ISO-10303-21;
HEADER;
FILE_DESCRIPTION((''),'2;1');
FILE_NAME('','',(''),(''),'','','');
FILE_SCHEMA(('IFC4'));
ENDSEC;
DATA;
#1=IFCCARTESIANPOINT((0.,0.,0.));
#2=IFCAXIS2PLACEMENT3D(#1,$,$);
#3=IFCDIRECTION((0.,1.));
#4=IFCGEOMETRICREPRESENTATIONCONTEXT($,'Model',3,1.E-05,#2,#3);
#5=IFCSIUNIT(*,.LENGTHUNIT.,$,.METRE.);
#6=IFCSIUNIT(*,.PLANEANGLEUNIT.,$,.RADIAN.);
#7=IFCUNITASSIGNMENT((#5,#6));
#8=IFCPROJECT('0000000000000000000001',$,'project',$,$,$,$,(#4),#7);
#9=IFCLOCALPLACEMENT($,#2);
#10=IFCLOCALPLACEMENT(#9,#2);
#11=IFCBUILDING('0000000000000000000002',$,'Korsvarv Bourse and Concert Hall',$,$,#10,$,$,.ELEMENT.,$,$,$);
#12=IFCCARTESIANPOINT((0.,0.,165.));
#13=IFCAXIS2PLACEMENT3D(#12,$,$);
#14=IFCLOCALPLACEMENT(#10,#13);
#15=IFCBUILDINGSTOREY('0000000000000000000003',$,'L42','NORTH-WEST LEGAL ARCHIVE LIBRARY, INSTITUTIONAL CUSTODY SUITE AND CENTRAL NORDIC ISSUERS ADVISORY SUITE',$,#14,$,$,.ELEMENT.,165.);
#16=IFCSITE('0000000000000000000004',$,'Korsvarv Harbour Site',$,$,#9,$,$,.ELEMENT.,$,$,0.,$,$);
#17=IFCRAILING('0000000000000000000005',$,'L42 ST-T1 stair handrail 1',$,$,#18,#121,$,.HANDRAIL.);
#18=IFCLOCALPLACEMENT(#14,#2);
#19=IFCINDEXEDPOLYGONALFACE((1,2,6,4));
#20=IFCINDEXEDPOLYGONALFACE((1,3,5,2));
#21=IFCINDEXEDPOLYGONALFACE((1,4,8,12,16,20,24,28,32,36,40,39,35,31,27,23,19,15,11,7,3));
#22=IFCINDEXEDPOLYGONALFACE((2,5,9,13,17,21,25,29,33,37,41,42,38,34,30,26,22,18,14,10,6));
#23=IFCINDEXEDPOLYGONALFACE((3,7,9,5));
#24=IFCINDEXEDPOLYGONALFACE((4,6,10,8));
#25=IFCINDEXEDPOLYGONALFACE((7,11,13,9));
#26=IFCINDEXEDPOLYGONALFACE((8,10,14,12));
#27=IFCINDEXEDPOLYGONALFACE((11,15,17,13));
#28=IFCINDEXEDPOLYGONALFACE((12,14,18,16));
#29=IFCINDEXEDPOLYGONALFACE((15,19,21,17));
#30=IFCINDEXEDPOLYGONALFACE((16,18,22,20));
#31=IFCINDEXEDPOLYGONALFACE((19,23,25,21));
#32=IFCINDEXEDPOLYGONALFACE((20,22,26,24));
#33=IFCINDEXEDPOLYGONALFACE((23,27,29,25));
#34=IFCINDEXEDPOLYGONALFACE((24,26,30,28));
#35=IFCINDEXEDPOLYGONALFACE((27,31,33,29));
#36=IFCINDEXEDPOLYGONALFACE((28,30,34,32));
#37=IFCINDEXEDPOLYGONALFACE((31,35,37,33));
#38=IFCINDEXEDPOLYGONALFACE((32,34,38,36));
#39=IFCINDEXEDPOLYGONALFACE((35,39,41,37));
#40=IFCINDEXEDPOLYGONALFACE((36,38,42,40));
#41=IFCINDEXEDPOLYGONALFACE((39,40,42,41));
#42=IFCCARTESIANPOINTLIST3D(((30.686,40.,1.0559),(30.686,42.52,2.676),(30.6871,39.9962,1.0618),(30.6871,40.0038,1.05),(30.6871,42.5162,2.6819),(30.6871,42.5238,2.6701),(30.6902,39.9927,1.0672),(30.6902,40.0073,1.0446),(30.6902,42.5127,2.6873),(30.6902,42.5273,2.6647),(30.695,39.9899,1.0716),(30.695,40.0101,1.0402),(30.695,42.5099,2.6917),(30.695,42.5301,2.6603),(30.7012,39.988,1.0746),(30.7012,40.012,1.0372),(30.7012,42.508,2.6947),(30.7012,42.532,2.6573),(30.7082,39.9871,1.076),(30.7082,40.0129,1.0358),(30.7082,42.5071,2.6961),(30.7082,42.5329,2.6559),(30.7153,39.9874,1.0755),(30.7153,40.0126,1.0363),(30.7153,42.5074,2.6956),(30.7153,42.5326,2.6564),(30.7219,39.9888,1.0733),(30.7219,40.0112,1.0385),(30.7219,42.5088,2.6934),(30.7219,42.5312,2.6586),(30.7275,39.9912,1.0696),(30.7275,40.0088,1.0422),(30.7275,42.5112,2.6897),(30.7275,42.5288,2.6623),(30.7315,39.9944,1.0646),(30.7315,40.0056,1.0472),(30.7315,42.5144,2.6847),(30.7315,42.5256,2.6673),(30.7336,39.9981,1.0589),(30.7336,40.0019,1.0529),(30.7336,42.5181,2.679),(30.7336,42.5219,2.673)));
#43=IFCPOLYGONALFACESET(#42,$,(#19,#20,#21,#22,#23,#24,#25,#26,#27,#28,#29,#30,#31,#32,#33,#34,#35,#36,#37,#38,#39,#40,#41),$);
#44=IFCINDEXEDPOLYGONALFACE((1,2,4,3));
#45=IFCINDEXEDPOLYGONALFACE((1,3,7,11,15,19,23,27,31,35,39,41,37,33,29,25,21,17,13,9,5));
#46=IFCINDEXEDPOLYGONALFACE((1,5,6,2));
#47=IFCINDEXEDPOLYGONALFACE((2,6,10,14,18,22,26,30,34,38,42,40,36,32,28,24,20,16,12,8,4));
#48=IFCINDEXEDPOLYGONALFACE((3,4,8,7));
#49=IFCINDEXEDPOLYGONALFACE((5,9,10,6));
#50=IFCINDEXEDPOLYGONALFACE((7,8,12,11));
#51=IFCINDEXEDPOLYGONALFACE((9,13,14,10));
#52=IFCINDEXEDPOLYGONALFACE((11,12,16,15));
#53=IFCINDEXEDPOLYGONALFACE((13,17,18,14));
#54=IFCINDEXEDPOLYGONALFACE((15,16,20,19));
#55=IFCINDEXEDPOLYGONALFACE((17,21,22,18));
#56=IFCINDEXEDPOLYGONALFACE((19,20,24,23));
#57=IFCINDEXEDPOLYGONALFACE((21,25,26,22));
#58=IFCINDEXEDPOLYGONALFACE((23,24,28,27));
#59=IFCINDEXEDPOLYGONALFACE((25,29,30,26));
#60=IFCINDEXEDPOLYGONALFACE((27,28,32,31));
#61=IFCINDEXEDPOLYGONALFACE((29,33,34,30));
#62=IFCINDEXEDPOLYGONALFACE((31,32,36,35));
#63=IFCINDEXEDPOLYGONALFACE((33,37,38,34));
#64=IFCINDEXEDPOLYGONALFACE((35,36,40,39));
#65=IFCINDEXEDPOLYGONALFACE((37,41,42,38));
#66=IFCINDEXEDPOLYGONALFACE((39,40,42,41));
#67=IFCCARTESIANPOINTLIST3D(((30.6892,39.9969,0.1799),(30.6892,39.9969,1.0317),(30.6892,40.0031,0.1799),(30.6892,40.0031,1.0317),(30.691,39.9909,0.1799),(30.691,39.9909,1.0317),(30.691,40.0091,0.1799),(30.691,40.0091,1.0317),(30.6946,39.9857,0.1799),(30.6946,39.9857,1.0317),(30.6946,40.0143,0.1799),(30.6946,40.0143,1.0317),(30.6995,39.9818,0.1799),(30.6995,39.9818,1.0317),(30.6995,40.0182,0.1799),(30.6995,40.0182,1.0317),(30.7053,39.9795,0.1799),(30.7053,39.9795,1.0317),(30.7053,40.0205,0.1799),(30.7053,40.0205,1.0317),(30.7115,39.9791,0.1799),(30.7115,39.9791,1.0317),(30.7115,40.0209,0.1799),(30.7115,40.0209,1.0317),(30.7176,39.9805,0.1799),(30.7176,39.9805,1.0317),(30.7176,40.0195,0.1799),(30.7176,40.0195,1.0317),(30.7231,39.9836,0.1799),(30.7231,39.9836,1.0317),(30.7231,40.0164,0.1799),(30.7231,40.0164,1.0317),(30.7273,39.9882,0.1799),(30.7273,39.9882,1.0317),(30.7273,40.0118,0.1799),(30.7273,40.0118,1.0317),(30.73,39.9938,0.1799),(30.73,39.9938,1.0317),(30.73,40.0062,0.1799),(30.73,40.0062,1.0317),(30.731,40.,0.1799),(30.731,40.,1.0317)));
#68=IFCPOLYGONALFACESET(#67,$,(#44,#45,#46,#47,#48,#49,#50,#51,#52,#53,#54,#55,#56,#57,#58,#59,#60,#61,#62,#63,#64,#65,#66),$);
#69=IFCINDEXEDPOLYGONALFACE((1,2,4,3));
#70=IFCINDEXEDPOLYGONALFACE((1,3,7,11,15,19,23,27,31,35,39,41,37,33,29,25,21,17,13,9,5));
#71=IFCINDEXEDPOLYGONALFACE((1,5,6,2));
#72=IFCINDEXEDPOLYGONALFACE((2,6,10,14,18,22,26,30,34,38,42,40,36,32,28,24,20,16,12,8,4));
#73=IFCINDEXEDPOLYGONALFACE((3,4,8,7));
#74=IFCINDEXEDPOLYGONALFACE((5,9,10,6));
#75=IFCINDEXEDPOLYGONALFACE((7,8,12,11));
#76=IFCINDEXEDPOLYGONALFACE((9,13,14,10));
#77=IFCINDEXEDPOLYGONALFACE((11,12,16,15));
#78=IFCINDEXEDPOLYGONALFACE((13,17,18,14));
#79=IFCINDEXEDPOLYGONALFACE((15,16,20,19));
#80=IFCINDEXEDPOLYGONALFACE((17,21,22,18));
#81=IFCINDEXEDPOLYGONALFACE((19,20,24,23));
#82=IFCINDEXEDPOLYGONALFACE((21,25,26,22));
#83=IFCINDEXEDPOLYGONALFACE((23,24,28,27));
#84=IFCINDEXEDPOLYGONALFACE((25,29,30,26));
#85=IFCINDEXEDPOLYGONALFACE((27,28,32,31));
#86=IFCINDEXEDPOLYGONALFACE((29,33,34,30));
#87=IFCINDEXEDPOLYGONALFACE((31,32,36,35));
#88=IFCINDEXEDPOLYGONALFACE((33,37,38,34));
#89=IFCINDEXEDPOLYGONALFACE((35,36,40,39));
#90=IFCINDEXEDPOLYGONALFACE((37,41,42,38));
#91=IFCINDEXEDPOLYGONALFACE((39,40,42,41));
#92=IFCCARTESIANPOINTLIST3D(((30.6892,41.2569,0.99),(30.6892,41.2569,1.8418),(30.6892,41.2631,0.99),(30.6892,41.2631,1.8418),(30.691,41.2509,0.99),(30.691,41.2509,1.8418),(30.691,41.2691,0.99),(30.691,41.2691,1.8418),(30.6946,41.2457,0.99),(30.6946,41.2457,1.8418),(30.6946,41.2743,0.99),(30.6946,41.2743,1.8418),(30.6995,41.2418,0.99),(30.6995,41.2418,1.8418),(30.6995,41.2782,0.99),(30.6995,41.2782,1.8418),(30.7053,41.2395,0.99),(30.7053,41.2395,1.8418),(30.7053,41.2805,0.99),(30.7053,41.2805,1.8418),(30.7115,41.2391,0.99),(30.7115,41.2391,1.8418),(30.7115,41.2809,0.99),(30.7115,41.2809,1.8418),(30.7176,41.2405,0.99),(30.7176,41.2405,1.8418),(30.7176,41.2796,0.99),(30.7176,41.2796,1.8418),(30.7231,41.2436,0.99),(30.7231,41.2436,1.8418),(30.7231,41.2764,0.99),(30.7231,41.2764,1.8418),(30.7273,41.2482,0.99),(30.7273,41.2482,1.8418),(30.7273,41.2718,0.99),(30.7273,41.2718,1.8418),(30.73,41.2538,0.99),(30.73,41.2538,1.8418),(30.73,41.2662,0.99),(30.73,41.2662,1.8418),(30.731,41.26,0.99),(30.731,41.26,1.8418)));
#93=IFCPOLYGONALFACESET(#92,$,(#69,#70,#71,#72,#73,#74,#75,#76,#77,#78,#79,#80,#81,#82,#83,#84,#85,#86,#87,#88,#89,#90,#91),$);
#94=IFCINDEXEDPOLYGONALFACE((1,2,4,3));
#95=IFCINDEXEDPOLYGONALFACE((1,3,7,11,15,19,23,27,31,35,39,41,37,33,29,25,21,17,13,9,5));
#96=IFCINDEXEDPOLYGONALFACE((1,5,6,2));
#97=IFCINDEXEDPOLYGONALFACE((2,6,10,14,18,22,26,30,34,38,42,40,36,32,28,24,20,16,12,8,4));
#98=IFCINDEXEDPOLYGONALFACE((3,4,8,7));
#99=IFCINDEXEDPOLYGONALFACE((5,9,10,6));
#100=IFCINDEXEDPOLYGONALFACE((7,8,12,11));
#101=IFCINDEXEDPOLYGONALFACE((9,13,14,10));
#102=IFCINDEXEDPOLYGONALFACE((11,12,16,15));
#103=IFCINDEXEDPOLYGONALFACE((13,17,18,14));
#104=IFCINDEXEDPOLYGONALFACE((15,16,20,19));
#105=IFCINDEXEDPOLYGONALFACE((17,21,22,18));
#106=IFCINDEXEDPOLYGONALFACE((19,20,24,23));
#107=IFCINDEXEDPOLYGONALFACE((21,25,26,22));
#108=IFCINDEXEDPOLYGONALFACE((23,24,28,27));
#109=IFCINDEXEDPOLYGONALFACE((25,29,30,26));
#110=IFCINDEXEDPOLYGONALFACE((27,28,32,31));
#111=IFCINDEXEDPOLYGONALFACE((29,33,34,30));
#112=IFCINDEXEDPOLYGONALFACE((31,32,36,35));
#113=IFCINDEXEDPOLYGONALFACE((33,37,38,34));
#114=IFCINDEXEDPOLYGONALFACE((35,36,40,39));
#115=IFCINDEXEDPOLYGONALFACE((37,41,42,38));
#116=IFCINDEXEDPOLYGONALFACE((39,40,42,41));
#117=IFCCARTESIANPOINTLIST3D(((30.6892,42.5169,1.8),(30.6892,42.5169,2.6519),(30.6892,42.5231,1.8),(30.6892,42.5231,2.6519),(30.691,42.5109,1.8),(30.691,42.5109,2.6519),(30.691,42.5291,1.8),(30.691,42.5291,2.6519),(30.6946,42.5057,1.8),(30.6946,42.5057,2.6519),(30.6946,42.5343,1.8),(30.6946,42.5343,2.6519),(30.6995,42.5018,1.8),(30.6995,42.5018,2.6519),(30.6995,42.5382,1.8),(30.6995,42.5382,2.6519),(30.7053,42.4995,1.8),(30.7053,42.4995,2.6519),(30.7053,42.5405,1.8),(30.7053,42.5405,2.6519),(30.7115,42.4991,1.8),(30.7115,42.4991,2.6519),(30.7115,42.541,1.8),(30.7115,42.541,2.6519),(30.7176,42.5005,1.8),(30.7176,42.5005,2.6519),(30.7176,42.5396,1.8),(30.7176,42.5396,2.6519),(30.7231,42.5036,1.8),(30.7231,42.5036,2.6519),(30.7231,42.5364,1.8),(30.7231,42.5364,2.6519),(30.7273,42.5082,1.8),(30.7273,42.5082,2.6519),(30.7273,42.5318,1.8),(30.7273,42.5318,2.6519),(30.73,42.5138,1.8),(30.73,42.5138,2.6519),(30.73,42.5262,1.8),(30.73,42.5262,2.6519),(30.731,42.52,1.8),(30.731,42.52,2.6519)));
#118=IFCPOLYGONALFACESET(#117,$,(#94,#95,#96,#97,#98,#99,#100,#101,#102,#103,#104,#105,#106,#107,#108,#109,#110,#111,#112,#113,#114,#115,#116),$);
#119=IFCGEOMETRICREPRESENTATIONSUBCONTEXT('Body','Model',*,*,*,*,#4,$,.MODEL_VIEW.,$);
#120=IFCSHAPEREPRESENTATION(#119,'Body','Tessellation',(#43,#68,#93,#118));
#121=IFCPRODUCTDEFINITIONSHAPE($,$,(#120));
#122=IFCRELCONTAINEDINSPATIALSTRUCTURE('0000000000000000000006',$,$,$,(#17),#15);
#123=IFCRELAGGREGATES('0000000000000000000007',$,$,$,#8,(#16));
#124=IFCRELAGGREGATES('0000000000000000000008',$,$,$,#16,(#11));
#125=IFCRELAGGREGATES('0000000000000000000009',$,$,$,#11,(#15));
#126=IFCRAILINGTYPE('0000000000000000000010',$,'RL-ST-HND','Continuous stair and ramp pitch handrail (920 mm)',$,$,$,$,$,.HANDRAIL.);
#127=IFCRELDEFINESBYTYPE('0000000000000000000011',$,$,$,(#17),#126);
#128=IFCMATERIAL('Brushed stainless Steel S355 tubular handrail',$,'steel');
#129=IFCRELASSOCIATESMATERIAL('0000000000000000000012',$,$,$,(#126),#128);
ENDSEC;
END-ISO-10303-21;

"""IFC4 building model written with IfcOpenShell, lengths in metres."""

from ifc_helpers import new_model, si_unit, direction, frame, origin, origin_2d, place, context, subcontext, project, spatial, circle, extrude, material, type_object, element, save


model = new_model("IFC4")

# Units and contexts
model_context = context("Model", 3, precision=1e-05, world=origin(), true_north=direction((0.0, 1.0)))
body_context = subcontext(model_context, "Body", "Model", "MODEL_VIEW")
ifc_project = project(units=[si_unit("LENGTHUNIT", "METRE"), si_unit("PLANEANGLEUNIT", "RADIAN")], contexts=[model_context])

# Site, building, storey
site_placement = place(None, origin())
site = spatial("IfcSite", under=ifc_project, at=site_placement, Name="Korsvarv Harbour Site", CompositionType="ELEMENT", RefElevation=0.0)
building_placement = place(site_placement, origin())
building = spatial("IfcBuilding", under=site, at=building_placement, Name="Korsvarv Bourse and Concert Hall", CompositionType="ELEMENT")
storey_placement = place(building_placement, frame((0.0, 0.0, 165.0)))
storey = spatial("IfcBuildingStorey", under=building, at=storey_placement, Name="L42", Description="NORTH-WEST LEGAL ARCHIVE LIBRARY, INSTITUTIONAL CUSTODY SUITE AND CENTRAL NORDIC ISSUERS ADVISORY SUITE", CompositionType="ELEMENT", Elevation=165.0)

# Railing
ifc_material_1 = material(Name="Brushed stainless Steel S355 tubular handrail", Category="steel")
railing_type_1 = type_object("IfcRailingType", Name="RL-ST-HND", Description="Continuous stair and ramp pitch handrail (920 mm)", PredefinedType="HANDRAIL", material=ifc_material_1)
railing_1_placement = place(storey_placement, frame((30.71, 40.0, 0.1799)))
element("IfcRailing", 1, at=railing_1_placement, inside=storey, type_object=railing_type_1, Name="L42 ST-T1 stair handrail 1", PredefinedType="HANDRAIL", context=body_context, shape_type="SweptSolid", body=[
    extrude(circle(Radius=0.0239, at=origin_2d()), frame((0.0, 0.0, 0.876), z_axis=(0.0, 0.841163, 0.540782), x_axis=(-1.0, 0.0, 0.0)), (0.0, 0.0, 1.0), 2.9958),
    extrude(circle(Radius=0.021, at=origin_2d()), origin(), (0.0, 0.0, 1.0), 0.8518),
    extrude(circle(Radius=0.021, at=origin_2d()), frame((0.0, 1.26, 0.8101)), (0.0, 0.0, 1.0), 0.8518),
    extrude(circle(Radius=0.021, at=origin_2d()), frame((0.0, 2.52, 1.6201)), (0.0, 0.0, 1.0), 0.8518),
])

save(model, "model.ifc")
